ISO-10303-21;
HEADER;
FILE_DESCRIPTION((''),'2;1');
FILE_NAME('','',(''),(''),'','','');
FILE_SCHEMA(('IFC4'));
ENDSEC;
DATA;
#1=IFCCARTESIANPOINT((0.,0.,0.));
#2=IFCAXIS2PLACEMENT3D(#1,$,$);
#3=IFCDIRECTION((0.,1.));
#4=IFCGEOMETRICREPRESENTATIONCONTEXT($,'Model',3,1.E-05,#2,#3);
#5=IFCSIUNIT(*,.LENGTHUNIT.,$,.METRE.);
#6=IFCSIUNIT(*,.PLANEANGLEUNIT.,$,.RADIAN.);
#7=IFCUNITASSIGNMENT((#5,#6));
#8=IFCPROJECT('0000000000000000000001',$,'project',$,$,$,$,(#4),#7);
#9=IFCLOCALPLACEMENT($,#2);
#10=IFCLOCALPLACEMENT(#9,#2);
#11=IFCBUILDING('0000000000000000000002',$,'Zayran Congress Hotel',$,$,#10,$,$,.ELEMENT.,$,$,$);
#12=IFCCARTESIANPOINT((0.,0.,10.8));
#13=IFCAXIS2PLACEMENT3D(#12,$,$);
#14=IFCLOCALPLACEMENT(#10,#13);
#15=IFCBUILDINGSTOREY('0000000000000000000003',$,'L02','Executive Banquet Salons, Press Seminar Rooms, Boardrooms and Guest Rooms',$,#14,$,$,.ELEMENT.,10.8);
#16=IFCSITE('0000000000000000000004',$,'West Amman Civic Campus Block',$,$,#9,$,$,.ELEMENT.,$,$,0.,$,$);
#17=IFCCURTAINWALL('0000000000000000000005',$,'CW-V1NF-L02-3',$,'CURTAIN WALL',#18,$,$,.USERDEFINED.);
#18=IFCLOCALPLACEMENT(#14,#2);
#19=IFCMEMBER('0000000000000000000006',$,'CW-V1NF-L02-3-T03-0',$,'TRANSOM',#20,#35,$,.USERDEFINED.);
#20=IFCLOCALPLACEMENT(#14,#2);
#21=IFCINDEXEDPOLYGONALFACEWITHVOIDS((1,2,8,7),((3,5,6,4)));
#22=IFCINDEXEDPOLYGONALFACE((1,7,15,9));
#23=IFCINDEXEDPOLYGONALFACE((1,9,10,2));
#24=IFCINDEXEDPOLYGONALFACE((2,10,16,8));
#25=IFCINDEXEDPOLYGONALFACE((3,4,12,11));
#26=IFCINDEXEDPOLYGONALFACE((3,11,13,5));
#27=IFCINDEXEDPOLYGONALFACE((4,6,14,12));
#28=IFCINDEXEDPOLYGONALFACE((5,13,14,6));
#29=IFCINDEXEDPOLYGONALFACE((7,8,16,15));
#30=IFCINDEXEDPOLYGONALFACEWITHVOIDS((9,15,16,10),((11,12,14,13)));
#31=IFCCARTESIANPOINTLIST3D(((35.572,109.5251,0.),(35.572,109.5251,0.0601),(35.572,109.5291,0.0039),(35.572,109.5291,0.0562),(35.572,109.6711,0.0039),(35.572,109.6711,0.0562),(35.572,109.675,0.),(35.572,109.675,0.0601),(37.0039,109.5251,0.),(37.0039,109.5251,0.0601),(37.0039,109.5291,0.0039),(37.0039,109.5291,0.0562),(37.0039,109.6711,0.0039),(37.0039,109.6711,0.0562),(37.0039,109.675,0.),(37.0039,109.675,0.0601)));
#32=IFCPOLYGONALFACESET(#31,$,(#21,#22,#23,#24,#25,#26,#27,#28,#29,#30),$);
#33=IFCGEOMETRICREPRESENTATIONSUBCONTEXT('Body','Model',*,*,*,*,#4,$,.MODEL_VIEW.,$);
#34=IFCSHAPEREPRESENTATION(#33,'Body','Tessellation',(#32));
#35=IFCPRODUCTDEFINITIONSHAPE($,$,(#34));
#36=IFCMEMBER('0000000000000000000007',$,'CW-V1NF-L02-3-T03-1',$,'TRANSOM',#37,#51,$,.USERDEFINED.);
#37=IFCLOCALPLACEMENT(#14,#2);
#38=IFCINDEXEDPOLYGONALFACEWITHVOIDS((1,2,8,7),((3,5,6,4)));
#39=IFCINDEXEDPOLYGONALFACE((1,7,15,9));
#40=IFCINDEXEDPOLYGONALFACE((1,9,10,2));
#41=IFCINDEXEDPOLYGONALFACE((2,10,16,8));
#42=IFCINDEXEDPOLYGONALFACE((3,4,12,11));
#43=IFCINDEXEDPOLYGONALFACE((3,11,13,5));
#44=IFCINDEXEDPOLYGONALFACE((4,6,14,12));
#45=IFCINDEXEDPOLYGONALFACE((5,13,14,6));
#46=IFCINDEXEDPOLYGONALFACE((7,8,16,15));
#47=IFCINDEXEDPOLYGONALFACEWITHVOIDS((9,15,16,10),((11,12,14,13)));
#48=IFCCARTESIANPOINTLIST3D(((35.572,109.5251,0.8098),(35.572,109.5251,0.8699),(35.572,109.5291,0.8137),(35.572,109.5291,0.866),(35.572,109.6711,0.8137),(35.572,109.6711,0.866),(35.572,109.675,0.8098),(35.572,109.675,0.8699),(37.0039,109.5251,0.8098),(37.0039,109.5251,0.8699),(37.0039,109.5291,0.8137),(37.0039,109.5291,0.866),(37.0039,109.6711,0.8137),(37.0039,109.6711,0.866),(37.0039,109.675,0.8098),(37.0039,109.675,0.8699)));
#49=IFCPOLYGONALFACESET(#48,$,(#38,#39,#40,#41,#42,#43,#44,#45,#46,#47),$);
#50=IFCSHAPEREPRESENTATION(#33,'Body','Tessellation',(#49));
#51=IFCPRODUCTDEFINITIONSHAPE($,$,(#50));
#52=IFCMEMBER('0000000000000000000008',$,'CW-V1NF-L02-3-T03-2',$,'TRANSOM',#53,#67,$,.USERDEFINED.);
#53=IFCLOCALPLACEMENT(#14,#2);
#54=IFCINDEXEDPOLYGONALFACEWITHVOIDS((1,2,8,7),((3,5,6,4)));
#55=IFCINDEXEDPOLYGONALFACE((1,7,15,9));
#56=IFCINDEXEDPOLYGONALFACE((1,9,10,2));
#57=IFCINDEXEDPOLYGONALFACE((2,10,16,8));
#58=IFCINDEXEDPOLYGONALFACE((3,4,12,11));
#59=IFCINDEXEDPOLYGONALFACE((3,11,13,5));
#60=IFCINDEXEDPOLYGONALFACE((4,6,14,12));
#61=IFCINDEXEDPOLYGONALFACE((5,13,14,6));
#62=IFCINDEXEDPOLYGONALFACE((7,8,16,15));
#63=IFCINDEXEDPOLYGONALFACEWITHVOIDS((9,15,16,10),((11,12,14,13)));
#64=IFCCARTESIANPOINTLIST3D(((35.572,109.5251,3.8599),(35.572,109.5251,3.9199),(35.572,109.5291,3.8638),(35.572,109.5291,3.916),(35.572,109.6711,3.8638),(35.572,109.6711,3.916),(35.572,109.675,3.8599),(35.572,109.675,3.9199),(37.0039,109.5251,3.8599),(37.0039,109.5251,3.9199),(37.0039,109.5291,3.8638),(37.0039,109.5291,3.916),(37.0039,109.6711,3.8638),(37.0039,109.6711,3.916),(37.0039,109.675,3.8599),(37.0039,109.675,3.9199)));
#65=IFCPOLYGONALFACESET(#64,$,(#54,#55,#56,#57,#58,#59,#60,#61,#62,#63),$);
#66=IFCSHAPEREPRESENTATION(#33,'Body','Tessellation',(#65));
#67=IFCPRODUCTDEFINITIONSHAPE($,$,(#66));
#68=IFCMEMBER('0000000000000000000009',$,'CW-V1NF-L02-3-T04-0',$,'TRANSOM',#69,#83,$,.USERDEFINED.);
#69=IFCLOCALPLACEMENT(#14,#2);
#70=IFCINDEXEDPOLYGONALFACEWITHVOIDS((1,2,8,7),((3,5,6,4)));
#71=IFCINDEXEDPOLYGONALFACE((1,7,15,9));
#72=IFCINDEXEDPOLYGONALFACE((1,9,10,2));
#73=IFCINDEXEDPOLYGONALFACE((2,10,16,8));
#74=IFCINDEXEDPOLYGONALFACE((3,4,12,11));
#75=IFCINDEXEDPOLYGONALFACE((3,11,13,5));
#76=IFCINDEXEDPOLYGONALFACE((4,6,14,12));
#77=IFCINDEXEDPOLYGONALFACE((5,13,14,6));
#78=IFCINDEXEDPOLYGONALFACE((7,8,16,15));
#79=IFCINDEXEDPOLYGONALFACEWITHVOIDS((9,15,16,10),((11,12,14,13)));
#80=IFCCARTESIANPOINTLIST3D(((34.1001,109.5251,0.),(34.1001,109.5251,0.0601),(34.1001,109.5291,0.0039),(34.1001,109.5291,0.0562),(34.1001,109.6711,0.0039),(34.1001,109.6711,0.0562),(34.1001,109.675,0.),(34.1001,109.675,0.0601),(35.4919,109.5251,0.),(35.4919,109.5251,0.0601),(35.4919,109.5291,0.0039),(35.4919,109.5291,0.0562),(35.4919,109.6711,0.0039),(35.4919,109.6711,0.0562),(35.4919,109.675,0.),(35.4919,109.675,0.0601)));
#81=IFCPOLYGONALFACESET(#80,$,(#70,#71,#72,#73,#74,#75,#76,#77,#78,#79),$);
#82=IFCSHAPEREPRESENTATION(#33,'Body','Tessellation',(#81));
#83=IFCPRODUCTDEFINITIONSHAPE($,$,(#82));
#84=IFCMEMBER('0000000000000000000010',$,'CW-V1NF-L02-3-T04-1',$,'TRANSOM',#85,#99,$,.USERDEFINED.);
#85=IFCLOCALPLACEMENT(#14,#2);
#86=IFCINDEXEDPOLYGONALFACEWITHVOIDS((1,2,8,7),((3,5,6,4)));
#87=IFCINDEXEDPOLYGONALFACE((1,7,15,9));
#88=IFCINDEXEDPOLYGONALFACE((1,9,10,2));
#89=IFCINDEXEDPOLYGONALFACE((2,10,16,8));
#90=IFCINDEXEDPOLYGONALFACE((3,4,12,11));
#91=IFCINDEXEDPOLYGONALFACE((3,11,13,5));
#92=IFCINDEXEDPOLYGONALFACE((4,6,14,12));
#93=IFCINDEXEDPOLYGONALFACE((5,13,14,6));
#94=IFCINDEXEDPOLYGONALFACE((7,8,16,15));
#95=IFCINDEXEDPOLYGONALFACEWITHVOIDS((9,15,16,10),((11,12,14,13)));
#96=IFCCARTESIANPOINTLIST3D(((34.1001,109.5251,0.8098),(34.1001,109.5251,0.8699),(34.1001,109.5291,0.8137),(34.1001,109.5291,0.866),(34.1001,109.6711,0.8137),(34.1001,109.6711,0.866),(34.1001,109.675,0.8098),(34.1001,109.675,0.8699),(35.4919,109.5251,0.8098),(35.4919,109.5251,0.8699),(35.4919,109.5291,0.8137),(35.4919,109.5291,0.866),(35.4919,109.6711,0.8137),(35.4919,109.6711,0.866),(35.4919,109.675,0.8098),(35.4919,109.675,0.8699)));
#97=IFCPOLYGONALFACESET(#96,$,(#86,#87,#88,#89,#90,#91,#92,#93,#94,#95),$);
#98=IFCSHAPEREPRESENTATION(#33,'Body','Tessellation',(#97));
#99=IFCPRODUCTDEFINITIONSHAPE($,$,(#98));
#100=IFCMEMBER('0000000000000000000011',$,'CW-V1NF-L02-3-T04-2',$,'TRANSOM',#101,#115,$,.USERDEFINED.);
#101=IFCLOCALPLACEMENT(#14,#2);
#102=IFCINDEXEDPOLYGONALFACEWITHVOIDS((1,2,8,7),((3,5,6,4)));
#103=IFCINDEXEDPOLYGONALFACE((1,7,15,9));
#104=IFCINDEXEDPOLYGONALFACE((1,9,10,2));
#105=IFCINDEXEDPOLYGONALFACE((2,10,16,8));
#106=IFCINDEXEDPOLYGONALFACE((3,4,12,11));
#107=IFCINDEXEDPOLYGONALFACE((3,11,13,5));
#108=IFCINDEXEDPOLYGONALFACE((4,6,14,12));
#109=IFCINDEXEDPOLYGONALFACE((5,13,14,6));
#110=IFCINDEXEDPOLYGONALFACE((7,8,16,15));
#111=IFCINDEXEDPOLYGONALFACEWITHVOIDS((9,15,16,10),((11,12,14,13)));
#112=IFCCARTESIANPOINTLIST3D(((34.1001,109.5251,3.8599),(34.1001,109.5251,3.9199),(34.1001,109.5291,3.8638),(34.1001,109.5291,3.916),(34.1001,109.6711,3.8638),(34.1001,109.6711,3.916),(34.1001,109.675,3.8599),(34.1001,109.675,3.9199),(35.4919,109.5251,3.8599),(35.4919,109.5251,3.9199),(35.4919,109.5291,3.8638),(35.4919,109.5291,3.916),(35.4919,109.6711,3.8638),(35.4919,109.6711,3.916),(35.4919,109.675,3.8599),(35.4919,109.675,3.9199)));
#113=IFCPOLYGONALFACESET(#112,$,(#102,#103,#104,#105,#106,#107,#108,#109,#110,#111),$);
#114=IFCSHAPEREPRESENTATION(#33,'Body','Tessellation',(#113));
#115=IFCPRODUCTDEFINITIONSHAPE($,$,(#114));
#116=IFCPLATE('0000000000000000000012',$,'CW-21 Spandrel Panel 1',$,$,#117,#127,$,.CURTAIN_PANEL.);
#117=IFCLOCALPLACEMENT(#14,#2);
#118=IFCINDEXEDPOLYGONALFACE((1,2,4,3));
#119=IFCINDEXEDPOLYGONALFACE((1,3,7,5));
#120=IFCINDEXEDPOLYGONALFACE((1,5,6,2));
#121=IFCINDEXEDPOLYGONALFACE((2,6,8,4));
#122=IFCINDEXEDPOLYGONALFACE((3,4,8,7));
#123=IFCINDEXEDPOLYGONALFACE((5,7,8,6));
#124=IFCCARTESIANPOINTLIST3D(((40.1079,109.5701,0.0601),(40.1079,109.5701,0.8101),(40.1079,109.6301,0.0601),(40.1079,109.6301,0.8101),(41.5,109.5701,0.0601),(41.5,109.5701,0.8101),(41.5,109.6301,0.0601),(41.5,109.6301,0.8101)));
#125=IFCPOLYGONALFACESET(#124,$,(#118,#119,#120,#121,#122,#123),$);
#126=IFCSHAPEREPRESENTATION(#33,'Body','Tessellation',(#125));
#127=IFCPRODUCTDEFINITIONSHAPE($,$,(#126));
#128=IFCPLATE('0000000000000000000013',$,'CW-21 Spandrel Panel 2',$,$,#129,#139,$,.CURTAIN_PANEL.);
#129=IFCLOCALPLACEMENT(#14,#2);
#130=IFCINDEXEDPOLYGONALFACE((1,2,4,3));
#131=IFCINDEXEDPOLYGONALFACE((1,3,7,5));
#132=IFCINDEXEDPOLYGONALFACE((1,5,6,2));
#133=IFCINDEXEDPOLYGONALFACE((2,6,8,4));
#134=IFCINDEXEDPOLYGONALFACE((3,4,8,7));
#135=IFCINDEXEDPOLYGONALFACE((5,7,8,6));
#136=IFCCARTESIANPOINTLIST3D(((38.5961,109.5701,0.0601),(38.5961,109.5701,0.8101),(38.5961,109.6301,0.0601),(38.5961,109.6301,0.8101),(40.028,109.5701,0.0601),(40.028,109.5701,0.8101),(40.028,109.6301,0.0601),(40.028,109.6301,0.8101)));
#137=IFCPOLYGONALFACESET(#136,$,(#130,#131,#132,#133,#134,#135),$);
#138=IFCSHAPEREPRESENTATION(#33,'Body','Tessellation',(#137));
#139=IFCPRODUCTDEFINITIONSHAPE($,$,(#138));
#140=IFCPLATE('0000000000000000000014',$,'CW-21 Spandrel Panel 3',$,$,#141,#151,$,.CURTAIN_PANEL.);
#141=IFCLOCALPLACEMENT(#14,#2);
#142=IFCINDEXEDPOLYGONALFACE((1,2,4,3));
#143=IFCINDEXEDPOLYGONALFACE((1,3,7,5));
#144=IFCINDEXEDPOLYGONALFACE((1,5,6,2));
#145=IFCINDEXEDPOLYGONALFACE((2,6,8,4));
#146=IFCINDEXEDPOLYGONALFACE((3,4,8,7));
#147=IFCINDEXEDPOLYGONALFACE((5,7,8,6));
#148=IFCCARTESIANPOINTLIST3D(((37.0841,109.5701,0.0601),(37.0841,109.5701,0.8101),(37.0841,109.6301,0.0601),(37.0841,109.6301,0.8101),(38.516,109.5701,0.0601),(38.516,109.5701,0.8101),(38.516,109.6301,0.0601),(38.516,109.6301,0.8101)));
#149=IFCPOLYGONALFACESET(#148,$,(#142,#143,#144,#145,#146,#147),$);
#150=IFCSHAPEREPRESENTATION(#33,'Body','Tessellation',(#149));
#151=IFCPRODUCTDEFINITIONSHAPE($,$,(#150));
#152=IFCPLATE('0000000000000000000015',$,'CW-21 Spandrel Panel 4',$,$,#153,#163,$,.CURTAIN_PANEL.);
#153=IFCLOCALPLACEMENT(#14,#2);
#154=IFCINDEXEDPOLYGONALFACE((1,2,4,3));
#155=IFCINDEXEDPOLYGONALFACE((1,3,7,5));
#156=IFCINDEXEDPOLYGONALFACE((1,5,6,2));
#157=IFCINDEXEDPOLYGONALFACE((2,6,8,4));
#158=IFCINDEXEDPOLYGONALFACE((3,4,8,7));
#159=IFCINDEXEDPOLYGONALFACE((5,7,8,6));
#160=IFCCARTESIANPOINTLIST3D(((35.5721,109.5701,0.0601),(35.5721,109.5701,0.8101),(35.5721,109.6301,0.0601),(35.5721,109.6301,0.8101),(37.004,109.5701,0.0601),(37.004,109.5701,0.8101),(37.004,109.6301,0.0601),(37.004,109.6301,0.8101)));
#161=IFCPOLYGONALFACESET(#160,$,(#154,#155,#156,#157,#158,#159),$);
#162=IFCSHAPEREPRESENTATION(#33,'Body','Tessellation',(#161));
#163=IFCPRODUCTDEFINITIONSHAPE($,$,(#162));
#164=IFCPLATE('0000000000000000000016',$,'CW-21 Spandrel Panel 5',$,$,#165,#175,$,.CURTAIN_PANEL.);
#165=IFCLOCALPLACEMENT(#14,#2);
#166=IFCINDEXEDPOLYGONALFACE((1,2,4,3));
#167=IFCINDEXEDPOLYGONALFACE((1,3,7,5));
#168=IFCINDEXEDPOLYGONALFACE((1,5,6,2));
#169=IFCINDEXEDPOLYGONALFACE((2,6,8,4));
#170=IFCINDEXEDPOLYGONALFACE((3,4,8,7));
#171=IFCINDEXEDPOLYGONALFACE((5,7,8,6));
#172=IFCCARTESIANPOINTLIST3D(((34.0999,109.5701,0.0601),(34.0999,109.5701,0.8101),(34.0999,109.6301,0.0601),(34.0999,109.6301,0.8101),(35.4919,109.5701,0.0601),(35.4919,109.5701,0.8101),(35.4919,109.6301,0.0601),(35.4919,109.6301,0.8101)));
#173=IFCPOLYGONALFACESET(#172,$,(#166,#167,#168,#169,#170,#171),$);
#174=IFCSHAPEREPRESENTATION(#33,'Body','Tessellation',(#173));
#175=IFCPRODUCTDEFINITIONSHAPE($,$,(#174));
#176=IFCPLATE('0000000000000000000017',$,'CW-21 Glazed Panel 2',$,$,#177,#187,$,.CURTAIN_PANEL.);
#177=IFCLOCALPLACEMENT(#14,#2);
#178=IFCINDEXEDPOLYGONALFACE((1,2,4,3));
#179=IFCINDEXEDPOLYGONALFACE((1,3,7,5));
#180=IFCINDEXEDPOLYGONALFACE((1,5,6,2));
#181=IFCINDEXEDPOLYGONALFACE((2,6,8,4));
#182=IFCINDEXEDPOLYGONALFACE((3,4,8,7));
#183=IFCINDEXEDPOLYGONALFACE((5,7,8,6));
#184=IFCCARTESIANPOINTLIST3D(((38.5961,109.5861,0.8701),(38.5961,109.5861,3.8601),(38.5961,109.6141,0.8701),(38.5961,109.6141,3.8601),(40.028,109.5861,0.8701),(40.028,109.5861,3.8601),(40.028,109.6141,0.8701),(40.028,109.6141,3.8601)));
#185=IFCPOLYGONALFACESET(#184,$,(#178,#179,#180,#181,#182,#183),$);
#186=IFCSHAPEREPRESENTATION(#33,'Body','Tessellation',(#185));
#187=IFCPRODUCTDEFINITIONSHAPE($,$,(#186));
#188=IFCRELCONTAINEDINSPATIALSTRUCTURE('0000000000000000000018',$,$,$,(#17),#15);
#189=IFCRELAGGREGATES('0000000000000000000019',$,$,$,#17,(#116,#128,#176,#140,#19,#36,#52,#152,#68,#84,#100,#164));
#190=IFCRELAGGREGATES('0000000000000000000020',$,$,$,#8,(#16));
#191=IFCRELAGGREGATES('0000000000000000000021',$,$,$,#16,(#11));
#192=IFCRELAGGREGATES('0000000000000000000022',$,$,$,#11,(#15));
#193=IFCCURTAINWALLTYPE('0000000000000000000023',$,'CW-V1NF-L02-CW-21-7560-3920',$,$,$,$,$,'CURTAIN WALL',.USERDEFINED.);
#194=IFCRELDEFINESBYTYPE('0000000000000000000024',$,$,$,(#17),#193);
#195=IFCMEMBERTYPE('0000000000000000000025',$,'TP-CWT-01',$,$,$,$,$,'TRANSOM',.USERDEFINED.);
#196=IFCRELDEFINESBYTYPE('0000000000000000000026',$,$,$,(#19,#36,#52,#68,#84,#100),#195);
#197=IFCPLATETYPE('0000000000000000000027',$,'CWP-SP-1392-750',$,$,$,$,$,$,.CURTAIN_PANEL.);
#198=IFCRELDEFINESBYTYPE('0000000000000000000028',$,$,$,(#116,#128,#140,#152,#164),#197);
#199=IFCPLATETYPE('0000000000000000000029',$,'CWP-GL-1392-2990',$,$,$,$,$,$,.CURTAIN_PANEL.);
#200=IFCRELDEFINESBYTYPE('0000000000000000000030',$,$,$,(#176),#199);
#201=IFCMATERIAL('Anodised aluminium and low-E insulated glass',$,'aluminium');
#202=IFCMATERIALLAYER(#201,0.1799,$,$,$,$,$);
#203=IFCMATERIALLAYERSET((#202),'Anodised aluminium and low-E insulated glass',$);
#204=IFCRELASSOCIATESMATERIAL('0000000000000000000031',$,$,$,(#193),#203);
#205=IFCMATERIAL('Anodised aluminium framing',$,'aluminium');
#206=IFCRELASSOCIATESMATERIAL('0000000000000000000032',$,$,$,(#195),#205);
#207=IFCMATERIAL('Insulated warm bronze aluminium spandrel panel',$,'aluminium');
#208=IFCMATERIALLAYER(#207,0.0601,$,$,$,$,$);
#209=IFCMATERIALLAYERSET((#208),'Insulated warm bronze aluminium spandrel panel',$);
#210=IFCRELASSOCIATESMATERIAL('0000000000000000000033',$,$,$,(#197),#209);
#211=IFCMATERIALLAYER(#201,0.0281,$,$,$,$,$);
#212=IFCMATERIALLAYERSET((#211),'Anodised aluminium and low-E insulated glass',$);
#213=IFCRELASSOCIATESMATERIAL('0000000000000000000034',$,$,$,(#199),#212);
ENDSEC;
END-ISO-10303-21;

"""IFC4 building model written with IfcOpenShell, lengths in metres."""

from ifc_helpers import new_model, si_unit, direction, frame, origin, origin_2d, place, context, subcontext, project, spatial, rectangle, hollow_rectangle, extrude, material, layer, layer_set, material_profile, profile_set, type_object, element, aggregate, save


model = new_model("IFC4")

# Units and contexts
model_context = context("Model", 3, precision=1e-05, world=origin(), true_north=direction((0.0, 1.0)))
body_context = subcontext(model_context, "Body", "Model", "MODEL_VIEW")
ifc_project = project(units=[si_unit("LENGTHUNIT", "METRE"), si_unit("PLANEANGLEUNIT", "RADIAN")], contexts=[model_context])

# Site, building, storey
site_placement = place(None, origin())
site = spatial("IfcSite", under=ifc_project, at=site_placement, Name="West Amman Civic Campus Block", CompositionType="ELEMENT", RefElevation=0.0)
building_placement = place(site_placement, origin())
building = spatial("IfcBuilding", under=site, at=building_placement, Name="Zayran Congress Hotel", CompositionType="ELEMENT")
storey_placement = place(building_placement, frame((0.0, 0.0, 10.8)))
storey = spatial("IfcBuildingStorey", under=building, at=storey_placement, Name="L02", Description="Executive Banquet Salons, Press Seminar Rooms, Boardrooms and Guest Rooms", CompositionType="ELEMENT", Elevation=10.8)

# Curtain wall, members, plates
ifc_material_1 = material(Name="Anodised aluminium and low-E insulated glass", Category="aluminium")
ifc_layer_1 = layer(ifc_material_1, 0.1799)
ifc_layer_set_1 = layer_set([ifc_layer_1], Name="Anodised aluminium and low-E insulated glass")
curtain_wall_type = type_object("IfcCurtainWallType", Name="CW-V1NF-L02-CW-21-7560-3920", ElementType="CURTAIN WALL", PredefinedType="USERDEFINED", material=ifc_layer_set_1)
curtain_wall_placement = place(storey_placement, origin())
curtain_wall = element("IfcCurtainWall", 1, at=curtain_wall_placement, inside=storey, type_object=curtain_wall_type, Name="CW-V1NF-L02-3", ObjectType="CURTAIN WALL", PredefinedType="USERDEFINED")
ifc_material_2 = material(Name="Anodised aluminium framing", Category="aluminium")
ifc_material_profile_1 = material_profile(ifc_material_2, hollow_rectangle(XDim=0.0601, YDim=0.1499, WallThickness=0.0039, at=origin_2d()), Name="RHS 150x60x4")
ifc_profile_set_1 = profile_set([ifc_material_profile_1], Name="Anodised aluminium framing")
member_type_1 = type_object("IfcMemberType", Name="TP-CWT-01", ElementType="TRANSOM", PredefinedType="USERDEFINED", material=ifc_profile_set_1)
member_1_placement = place(storey_placement, frame((37.0039, 109.6001, 0.03), z_axis=(-1.0, 0.0, 0.0), x_axis=(0.0, 0.0, 1.0)))
member_1 = element("IfcMember", 2, at=member_1_placement, type_object=member_type_1, Name="CW-V1NF-L02-3-T03-0", ObjectType="TRANSOM", PredefinedType="USERDEFINED", context=body_context, shape_type="SweptSolid", body=[
    extrude(hollow_rectangle(XDim=0.0601, YDim=0.1499, WallThickness=0.0039, at=origin_2d()), origin(), (0.0, 0.0, 1.0), 1.4319),
])
member_2_placement = place(storey_placement, frame((37.0039, 109.6001, 0.8398), z_axis=(-1.0, 0.0, 0.0), x_axis=(0.0, 0.0, 1.0)))
member_2 = element("IfcMember", 3, at=member_2_placement, type_object=member_type_1, Name="CW-V1NF-L02-3-T03-1", ObjectType="TRANSOM", PredefinedType="USERDEFINED", context=body_context, shape_type="SweptSolid", body=[
    extrude(hollow_rectangle(XDim=0.0601, YDim=0.1499, WallThickness=0.0039, at=origin_2d()), origin(), (0.0, 0.0, 1.0), 1.4319),
])
member_3_placement = place(storey_placement, frame((37.0039, 109.6001, 3.8899), z_axis=(-1.0, 0.0, 0.0), x_axis=(0.0, 0.0, 1.0)))
member_3 = element("IfcMember", 4, at=member_3_placement, type_object=member_type_1, Name="CW-V1NF-L02-3-T03-2", ObjectType="TRANSOM", PredefinedType="USERDEFINED", context=body_context, shape_type="SweptSolid", body=[
    extrude(hollow_rectangle(XDim=0.0601, YDim=0.1499, WallThickness=0.0039, at=origin_2d()), origin(), (0.0, 0.0, 1.0), 1.4319),
])
member_4_placement = place(storey_placement, frame((35.4919, 109.6001, 0.03), z_axis=(-1.0, 0.0, 0.0), x_axis=(0.0, 0.0, 1.0)))
member_4 = element("IfcMember", 5, at=member_4_placement, type_object=member_type_1, Name="CW-V1NF-L02-3-T04-0", ObjectType="TRANSOM", PredefinedType="USERDEFINED", context=body_context, shape_type="SweptSolid", body=[
    extrude(hollow_rectangle(XDim=0.0601, YDim=0.1499, WallThickness=0.0039, at=origin_2d()), origin(), (0.0, 0.0, 1.0), 1.3918),
])
member_5_placement = place(storey_placement, frame((35.4919, 109.6001, 0.8398), z_axis=(-1.0, 0.0, 0.0), x_axis=(0.0, 0.0, 1.0)))
member_5 = element("IfcMember", 6, at=member_5_placement, type_object=member_type_1, Name="CW-V1NF-L02-3-T04-1", ObjectType="TRANSOM", PredefinedType="USERDEFINED", context=body_context, shape_type="SweptSolid", body=[
    extrude(hollow_rectangle(XDim=0.0601, YDim=0.1499, WallThickness=0.0039, at=origin_2d()), origin(), (0.0, 0.0, 1.0), 1.3918),
])
member_6_placement = place(storey_placement, frame((35.4919, 109.6001, 3.8899), z_axis=(-1.0, 0.0, 0.0), x_axis=(0.0, 0.0, 1.0)))
member_6 = element("IfcMember", 7, at=member_6_placement, type_object=member_type_1, Name="CW-V1NF-L02-3-T04-2", ObjectType="TRANSOM", PredefinedType="USERDEFINED", context=body_context, shape_type="SweptSolid", body=[
    extrude(hollow_rectangle(XDim=0.0601, YDim=0.1499, WallThickness=0.0039, at=origin_2d()), origin(), (0.0, 0.0, 1.0), 1.3918),
])
ifc_material_3 = material(Name="Insulated warm bronze aluminium spandrel panel", Category="aluminium")
ifc_layer_2 = layer(ifc_material_3, 0.0601)
ifc_layer_set_2 = layer_set([ifc_layer_2], Name="Insulated warm bronze aluminium spandrel panel")
plate_type_1 = type_object("IfcPlateType", Name="CWP-SP-1392-750", PredefinedType="CURTAIN_PANEL", material=ifc_layer_set_2)
plate_1_placement = place(storey_placement, frame((40.804, 109.6001, 0.0601), z_axis=(0.0, 0.0, 1.0), x_axis=(1.0, 0.0, 0.0)))
plate_1 = element("IfcPlate", 8, at=plate_1_placement, type_object=plate_type_1, Name="CW-21 Spandrel Panel 1", PredefinedType="CURTAIN_PANEL", context=body_context, shape_type="SweptSolid", body=[
    extrude(rectangle(XDim=1.3921, YDim=0.0601, at=origin_2d()), origin(), (0.0, 0.0, 1.0), 0.75),
])
plate_2_placement = place(storey_placement, frame((39.312, 109.6001, 0.0601), z_axis=(0.0, 0.0, 1.0), x_axis=(1.0, 0.0, 0.0)))
plate_2 = element("IfcPlate", 9, at=plate_2_placement, type_object=plate_type_1, Name="CW-21 Spandrel Panel 2", PredefinedType="CURTAIN_PANEL", context=body_context, shape_type="SweptSolid", body=[
    extrude(rectangle(XDim=1.4319, YDim=0.0601, at=origin_2d()), origin(), (0.0, 0.0, 1.0), 0.75),
])
plate_3_placement = place(storey_placement, frame((37.8, 109.6001, 0.0601), z_axis=(0.0, 0.0, 1.0), x_axis=(1.0, 0.0, 0.0)))
plate_3 = element("IfcPlate", 10, at=plate_3_placement, type_object=plate_type_1, Name="CW-21 Spandrel Panel 3", PredefinedType="CURTAIN_PANEL", context=body_context, shape_type="SweptSolid", body=[
    extrude(rectangle(XDim=1.4319, YDim=0.0601, at=origin_2d()), origin(), (0.0, 0.0, 1.0), 0.75),
])
plate_4_placement = place(storey_placement, frame((36.2881, 109.6001, 0.0601), z_axis=(0.0, 0.0, 1.0), x_axis=(1.0, 0.0, 0.0)))
plate_4 = element("IfcPlate", 11, at=plate_4_placement, type_object=plate_type_1, Name="CW-21 Spandrel Panel 4", PredefinedType="CURTAIN_PANEL", context=body_context, shape_type="SweptSolid", body=[
    extrude(rectangle(XDim=1.4319, YDim=0.0601, at=origin_2d()), origin(), (0.0, 0.0, 1.0), 0.75),
])
plate_5_placement = place(storey_placement, frame((34.7959, 109.6001, 0.0601), z_axis=(0.0, 0.0, 1.0), x_axis=(1.0, 0.0, 0.0)))
plate_5 = element("IfcPlate", 12, at=plate_5_placement, type_object=plate_type_1, Name="CW-21 Spandrel Panel 5", PredefinedType="CURTAIN_PANEL", context=body_context, shape_type="SweptSolid", body=[
    extrude(rectangle(XDim=1.3921, YDim=0.0601, at=origin_2d()), origin(), (0.0, 0.0, 1.0), 0.75),
])
ifc_layer_3 = layer(ifc_material_1, 0.0281)
ifc_layer_set_3 = layer_set([ifc_layer_3], Name="Anodised aluminium and low-E insulated glass")
plate_type_2 = type_object("IfcPlateType", Name="CWP-GL-1392-2990", PredefinedType="CURTAIN_PANEL", material=ifc_layer_set_3)
plate_6_placement = place(storey_placement, frame((39.312, 109.6001, 0.8701), z_axis=(0.0, 0.0, 1.0), x_axis=(1.0, 0.0, 0.0)))
plate_6 = element("IfcPlate", 13, at=plate_6_placement, type_object=plate_type_2, Name="CW-21 Glazed Panel 2", PredefinedType="CURTAIN_PANEL", context=body_context, shape_type="SweptSolid", body=[
    extrude(rectangle(XDim=1.4319, YDim=0.0281, at=origin_2d()), origin(), (0.0, 0.0, 1.0), 2.99),
])
aggregate(curtain_wall, [plate_1, plate_2, plate_6, plate_3, member_1, member_2, member_3, plate_4, member_4, member_5, member_6, plate_5])

save(model, "model.ifc")
